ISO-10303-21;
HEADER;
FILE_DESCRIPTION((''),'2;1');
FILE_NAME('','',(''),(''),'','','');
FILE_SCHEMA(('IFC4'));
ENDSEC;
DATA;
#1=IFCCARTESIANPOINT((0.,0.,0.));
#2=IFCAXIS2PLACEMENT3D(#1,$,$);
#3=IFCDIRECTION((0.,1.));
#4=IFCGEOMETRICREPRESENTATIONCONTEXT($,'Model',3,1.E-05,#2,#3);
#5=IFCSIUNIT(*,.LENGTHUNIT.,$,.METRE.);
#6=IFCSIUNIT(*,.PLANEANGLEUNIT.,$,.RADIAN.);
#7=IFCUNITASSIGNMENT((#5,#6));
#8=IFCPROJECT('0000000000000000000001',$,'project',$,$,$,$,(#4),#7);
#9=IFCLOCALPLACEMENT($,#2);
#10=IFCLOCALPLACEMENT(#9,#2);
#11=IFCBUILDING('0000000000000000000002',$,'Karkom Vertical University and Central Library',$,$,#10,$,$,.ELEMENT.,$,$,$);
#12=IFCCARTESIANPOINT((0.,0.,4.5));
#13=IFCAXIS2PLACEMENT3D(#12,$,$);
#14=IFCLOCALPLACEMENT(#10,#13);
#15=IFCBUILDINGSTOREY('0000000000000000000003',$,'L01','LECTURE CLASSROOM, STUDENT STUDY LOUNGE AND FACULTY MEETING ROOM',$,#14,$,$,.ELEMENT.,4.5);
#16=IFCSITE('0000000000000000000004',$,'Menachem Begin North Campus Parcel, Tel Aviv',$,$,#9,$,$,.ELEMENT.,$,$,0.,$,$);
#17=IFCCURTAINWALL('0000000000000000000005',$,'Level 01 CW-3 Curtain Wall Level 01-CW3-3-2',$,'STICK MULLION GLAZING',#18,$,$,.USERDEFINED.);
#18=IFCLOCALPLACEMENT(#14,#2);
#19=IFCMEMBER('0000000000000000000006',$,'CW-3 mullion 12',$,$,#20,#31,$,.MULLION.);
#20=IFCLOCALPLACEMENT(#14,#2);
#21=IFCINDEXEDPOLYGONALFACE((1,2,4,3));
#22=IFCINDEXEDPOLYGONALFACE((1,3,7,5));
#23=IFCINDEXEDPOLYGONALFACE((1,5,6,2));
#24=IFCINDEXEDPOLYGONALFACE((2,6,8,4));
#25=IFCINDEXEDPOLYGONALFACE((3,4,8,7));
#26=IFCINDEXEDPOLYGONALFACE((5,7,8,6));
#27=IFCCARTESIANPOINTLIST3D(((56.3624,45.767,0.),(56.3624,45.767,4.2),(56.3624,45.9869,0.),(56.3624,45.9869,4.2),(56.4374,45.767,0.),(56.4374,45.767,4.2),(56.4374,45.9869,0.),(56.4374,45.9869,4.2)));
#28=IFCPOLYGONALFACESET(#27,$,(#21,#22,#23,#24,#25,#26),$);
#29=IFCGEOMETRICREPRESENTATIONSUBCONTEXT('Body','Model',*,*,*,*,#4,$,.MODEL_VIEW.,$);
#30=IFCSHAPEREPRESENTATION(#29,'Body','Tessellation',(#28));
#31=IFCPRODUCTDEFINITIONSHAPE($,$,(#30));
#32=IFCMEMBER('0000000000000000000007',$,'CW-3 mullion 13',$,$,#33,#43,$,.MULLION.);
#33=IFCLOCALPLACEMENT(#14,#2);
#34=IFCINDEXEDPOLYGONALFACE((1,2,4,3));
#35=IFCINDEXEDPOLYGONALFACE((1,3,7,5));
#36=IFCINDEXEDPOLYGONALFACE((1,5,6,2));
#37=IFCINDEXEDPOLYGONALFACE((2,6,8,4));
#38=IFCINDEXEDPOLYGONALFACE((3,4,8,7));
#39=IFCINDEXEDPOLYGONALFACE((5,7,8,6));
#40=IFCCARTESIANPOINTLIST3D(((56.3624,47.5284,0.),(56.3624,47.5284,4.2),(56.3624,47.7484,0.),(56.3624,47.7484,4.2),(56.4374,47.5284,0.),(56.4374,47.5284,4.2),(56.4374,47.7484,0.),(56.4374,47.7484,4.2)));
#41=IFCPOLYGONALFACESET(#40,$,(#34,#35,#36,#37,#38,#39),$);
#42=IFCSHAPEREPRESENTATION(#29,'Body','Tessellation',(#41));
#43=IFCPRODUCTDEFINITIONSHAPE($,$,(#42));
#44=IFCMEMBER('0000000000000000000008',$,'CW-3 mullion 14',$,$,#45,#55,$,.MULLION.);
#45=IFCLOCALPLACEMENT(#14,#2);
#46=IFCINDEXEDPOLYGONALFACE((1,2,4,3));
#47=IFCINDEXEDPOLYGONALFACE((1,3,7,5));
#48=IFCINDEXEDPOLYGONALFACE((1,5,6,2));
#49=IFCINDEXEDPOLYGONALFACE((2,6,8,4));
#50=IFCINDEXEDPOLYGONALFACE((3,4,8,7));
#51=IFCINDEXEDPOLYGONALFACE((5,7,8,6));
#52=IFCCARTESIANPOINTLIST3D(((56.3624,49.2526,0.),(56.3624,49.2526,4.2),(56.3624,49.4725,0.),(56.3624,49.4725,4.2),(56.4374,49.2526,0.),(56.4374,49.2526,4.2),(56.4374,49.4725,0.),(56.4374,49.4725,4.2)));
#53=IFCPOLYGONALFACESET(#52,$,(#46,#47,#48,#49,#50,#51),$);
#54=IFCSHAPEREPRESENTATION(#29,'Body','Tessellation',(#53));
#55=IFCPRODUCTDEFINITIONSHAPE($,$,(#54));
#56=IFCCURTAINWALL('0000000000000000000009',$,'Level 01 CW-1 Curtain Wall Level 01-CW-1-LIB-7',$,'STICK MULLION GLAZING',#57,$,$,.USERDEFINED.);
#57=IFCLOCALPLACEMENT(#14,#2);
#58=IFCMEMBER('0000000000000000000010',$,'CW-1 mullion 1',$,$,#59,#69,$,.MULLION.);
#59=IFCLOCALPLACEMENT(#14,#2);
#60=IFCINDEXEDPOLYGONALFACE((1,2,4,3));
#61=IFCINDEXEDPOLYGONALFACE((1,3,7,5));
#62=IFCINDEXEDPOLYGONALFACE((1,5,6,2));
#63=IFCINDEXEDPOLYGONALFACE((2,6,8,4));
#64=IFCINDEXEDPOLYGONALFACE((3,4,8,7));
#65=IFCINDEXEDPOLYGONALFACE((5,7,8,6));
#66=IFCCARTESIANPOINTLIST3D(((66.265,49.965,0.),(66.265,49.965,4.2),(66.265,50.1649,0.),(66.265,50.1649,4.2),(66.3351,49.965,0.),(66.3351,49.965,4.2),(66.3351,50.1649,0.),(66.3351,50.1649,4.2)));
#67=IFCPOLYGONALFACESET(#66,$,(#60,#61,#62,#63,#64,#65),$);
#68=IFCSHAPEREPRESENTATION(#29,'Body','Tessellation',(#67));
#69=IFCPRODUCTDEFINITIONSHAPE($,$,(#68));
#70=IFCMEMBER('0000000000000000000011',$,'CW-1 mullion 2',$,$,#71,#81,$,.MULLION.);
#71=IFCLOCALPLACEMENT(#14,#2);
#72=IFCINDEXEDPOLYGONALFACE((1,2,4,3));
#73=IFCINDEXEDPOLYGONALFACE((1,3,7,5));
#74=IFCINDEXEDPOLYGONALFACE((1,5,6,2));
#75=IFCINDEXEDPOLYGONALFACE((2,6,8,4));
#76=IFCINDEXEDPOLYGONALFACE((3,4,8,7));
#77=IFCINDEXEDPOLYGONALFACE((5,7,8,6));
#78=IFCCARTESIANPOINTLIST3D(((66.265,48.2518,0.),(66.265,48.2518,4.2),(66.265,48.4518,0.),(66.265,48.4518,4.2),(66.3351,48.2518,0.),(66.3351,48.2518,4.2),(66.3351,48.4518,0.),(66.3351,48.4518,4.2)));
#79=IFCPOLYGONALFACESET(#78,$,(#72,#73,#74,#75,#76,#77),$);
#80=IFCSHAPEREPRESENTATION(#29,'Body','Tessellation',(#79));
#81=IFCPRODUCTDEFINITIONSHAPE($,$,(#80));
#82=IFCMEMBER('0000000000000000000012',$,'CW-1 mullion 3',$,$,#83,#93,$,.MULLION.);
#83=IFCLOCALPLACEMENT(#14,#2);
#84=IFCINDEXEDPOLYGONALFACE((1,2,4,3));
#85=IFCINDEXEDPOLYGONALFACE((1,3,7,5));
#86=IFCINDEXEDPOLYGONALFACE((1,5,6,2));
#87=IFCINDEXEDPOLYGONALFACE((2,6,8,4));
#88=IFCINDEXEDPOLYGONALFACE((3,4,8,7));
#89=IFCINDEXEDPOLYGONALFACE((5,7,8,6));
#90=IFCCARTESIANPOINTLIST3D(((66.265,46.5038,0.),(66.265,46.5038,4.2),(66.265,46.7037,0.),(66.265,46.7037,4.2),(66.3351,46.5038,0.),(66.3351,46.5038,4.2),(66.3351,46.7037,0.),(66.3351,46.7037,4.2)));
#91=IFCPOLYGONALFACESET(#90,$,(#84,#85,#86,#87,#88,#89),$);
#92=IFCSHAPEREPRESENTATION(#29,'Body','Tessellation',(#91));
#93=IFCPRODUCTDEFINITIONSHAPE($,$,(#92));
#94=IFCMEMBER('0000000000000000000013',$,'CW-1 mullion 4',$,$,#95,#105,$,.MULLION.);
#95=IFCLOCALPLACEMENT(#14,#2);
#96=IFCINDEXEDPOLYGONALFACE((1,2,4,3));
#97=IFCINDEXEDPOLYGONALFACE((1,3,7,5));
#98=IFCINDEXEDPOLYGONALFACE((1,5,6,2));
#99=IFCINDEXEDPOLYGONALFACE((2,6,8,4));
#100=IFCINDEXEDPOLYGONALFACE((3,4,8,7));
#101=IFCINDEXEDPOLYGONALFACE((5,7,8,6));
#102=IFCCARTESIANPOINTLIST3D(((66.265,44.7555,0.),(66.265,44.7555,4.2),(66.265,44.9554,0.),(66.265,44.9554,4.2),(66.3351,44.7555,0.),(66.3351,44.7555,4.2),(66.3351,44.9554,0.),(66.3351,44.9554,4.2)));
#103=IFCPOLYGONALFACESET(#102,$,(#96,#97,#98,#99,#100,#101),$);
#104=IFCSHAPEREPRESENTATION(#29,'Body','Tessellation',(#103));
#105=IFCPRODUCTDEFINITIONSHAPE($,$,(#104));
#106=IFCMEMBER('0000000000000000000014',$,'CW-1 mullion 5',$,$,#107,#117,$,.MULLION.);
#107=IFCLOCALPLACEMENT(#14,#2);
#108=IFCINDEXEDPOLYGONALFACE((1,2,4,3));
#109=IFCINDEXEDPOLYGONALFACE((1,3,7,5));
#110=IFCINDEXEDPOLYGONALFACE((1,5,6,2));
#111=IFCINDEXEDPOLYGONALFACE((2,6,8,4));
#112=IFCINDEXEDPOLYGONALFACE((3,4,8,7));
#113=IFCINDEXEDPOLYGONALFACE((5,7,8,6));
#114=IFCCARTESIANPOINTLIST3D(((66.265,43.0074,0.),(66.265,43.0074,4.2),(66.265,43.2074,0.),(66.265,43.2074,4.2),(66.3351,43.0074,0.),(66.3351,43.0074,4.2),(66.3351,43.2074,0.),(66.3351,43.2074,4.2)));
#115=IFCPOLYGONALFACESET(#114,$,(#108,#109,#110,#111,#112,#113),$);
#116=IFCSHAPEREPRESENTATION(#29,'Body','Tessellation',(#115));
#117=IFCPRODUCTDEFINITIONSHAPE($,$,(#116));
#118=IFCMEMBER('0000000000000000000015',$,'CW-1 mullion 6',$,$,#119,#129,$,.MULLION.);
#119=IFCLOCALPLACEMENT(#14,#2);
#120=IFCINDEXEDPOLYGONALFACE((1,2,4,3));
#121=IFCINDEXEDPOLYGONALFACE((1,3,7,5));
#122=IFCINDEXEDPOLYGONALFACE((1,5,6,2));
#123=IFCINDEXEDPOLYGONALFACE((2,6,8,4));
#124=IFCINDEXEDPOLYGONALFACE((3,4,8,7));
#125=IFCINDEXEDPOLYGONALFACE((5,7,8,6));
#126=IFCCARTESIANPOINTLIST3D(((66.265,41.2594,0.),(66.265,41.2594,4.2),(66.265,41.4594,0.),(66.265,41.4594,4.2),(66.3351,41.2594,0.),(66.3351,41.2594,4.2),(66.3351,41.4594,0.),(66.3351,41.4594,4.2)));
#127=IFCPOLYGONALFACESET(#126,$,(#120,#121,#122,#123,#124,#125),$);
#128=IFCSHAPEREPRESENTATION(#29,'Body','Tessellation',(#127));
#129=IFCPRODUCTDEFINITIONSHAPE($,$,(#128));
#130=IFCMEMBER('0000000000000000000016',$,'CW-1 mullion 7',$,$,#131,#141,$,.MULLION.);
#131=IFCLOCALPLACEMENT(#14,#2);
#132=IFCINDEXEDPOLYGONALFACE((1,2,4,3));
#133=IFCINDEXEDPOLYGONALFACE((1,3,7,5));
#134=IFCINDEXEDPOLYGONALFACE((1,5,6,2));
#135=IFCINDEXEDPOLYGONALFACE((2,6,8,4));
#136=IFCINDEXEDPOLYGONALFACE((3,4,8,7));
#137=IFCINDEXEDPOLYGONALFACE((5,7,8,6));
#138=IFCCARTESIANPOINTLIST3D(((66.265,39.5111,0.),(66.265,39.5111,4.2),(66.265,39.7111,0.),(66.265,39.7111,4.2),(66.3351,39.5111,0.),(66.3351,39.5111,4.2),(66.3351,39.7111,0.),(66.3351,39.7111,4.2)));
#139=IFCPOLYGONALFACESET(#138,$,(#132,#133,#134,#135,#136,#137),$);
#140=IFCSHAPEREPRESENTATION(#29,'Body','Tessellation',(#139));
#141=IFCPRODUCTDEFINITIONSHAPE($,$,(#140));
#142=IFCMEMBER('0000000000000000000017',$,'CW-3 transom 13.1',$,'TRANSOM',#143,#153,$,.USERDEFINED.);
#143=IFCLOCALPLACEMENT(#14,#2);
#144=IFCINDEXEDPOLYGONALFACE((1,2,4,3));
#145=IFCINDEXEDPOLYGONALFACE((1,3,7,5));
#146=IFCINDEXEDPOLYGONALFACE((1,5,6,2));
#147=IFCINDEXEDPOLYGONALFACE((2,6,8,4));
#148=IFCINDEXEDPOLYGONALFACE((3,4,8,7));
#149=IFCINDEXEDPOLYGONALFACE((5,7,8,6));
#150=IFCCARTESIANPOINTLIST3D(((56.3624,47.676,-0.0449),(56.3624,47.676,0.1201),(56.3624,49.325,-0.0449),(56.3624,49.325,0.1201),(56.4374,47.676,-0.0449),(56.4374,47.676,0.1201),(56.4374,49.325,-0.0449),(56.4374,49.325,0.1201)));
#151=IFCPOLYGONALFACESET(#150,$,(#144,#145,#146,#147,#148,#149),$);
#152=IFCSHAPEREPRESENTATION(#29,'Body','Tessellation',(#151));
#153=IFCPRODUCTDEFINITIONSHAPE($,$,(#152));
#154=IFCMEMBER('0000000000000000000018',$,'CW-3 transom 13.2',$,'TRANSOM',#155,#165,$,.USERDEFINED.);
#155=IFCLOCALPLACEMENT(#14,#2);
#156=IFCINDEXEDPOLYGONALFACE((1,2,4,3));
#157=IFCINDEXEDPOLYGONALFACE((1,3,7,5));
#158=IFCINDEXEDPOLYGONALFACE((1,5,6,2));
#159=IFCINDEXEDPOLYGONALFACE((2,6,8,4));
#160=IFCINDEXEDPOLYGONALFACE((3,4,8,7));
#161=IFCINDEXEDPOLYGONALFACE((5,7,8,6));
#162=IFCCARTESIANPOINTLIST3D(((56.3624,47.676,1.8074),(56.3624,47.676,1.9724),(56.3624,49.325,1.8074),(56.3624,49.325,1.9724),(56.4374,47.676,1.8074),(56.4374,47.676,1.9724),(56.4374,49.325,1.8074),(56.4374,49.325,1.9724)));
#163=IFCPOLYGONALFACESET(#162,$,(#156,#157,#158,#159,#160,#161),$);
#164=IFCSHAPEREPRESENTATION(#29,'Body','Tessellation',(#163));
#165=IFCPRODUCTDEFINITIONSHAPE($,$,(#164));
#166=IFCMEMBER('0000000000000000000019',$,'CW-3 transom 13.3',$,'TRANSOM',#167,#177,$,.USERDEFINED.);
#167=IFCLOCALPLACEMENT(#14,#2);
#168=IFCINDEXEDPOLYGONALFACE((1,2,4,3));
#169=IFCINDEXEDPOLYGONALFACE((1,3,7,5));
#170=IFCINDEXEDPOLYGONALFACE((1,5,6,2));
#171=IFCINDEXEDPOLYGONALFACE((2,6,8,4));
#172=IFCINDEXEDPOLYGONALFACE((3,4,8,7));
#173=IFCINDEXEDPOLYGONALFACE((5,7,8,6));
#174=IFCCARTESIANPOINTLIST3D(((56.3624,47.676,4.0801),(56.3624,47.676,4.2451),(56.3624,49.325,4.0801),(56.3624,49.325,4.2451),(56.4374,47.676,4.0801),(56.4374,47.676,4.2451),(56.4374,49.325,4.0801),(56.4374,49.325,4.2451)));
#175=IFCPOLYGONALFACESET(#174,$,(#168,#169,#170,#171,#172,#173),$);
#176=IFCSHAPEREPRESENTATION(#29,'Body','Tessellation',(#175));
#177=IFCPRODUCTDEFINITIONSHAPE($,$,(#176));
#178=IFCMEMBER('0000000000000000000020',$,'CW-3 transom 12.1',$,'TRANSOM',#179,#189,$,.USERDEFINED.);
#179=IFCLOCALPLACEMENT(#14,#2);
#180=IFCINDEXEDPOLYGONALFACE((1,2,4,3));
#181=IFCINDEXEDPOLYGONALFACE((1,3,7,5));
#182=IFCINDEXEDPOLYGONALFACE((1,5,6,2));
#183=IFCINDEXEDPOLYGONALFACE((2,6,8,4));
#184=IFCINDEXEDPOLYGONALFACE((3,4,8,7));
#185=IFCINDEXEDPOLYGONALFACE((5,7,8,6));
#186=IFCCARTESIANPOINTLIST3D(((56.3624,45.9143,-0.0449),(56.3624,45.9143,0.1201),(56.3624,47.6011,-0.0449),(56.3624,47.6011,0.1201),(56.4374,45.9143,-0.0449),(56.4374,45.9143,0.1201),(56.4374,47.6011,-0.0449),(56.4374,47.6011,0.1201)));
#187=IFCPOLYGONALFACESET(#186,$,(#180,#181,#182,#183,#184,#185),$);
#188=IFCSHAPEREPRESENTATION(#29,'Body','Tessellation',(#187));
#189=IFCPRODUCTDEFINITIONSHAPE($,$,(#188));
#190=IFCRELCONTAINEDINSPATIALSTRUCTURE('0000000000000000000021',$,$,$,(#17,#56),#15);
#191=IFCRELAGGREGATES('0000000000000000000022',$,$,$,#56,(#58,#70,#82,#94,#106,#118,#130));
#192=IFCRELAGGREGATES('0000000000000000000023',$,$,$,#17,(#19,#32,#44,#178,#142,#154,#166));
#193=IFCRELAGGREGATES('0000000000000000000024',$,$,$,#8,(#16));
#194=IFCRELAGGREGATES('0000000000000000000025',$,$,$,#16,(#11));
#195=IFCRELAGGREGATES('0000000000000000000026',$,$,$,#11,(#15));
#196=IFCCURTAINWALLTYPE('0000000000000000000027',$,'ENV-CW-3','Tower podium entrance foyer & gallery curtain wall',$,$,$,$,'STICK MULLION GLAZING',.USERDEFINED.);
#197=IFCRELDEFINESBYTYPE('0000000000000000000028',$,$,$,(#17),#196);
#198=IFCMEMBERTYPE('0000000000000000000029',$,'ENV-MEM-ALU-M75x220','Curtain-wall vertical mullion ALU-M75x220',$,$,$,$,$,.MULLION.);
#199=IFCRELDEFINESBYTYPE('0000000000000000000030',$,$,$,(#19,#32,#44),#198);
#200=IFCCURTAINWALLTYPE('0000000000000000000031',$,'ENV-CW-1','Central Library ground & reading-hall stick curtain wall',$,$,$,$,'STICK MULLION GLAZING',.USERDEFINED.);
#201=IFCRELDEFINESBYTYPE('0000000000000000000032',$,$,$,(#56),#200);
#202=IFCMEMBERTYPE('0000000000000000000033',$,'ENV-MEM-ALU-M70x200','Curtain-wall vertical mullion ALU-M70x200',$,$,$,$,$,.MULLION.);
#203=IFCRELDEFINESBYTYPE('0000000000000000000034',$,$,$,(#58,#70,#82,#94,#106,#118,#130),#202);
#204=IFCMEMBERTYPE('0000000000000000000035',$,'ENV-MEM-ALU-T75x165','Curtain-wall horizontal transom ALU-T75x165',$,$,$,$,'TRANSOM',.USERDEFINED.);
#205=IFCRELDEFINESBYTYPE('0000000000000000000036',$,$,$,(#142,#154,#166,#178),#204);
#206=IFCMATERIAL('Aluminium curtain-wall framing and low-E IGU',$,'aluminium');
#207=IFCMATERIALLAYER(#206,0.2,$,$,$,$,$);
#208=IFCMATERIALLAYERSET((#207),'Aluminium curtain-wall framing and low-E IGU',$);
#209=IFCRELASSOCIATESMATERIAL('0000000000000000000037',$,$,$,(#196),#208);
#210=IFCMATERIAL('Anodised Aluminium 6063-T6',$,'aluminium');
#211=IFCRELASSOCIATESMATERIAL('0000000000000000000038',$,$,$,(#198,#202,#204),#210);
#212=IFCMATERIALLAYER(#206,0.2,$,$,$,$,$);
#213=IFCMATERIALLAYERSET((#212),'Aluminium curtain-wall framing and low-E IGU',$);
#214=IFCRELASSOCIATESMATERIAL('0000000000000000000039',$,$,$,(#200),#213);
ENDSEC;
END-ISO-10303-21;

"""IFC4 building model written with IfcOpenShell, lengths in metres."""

from ifc_helpers import new_model, si_unit, direction, frame, origin, origin_with_axes, origin_2d, place, context, subcontext, project, spatial, rectangle, extrude, source, transform, mapped, material, layer, layer_set, material_profile, profile_set, type_object, element, aggregate, save


model = new_model("IFC4")

# Units and contexts
model_context = context("Model", 3, precision=1e-05, world=origin(), true_north=direction((0.0, 1.0)))
body_context = subcontext(model_context, "Body", "Model", "MODEL_VIEW")
ifc_project = project(units=[si_unit("LENGTHUNIT", "METRE"), si_unit("PLANEANGLEUNIT", "RADIAN")], contexts=[model_context])

# Site, building, storey
site_placement = place(None, origin())
site = spatial("IfcSite", under=ifc_project, at=site_placement, Name="Menachem Begin North Campus Parcel, Tel Aviv", CompositionType="ELEMENT", RefElevation=0.0)
building_placement = place(site_placement, origin())
building = spatial("IfcBuilding", under=site, at=building_placement, Name="Karkom Vertical University and Central Library", CompositionType="ELEMENT")
storey_placement = place(building_placement, frame((0.0, 0.0, 4.5)))
storey = spatial("IfcBuildingStorey", under=building, at=storey_placement, Name="L01", Description="LECTURE CLASSROOM, STUDENT STUDY LOUNGE AND FACULTY MEETING ROOM", CompositionType="ELEMENT", Elevation=4.5)

# Curtain walls, members
ifc_material_1 = material(Name="Aluminium curtain-wall framing and low-E IGU", Category="aluminium")
ifc_layer_1 = layer(ifc_material_1, 0.2)
ifc_layer_set_1 = layer_set([ifc_layer_1], Name="Aluminium curtain-wall framing and low-E IGU")
curtain_wall_type_1 = type_object("IfcCurtainWallType", Name="ENV-CW-3", Description="Tower podium entrance foyer & gallery curtain wall", ElementType="STICK MULLION GLAZING", PredefinedType="USERDEFINED", material=ifc_layer_set_1)
curtain_wall_1_placement = place(storey_placement, origin())
curtain_wall_1 = element("IfcCurtainWall", 1, at=curtain_wall_1_placement, inside=storey, type_object=curtain_wall_type_1, Name="Level 01 CW-3 Curtain Wall Level 01-CW3-3-2", ObjectType="STICK MULLION GLAZING", PredefinedType="USERDEFINED")
ifc_material_2 = material(Name="Anodised Aluminium 6063-T6", Category="aluminium")
ifc_material_profile_1 = material_profile(ifc_material_2, rectangle(XDim=0.075, YDim=0.22, at=origin_2d()), Name="ALU-M75x220")
ifc_profile_set_1 = profile_set([ifc_material_profile_1], Name="Anodised Aluminium 6063-T6")
member_type_1 = type_object("IfcMemberType", Name="ENV-MEM-ALU-M75x220", Description="Curtain-wall vertical mullion ALU-M75x220", PredefinedType="MULLION", material=ifc_profile_set_1)
shared_shape_1 = source(origin_with_axes(), body_context, "Body", "SweptSolid", [
    extrude(rectangle(XDim=0.075, YDim=0.22, at=origin_2d()), origin(), (0.0, 0.0, 1.0), 4.2),
])
member_1_placement = place(storey_placement, frame((56.3999, 45.877, 0.0), z_axis=(0.0, 0.0, 1.0), x_axis=(-1.0, 0.0, 0.0)))
member_1 = element("IfcMember", 2, at=member_1_placement, type_object=member_type_1, Name="CW-3 mullion 12", PredefinedType="MULLION", context=body_context, shape_type="MappedRepresentation", body=[
    mapped(shared_shape_1, transform((0.0, 0.0, 0.0), scale=1.0)),
])
member_2_placement = place(storey_placement, frame((56.3999, 47.6384, 0.0), z_axis=(0.0, 0.0, 1.0), x_axis=(-1.0, 0.0, 0.0)))
member_2 = element("IfcMember", 3, at=member_2_placement, type_object=member_type_1, Name="CW-3 mullion 13", PredefinedType="MULLION", context=body_context, shape_type="MappedRepresentation", body=[
    mapped(shared_shape_1, transform((0.0, 0.0, 0.0), scale=1.0)),
])
member_3_placement = place(storey_placement, frame((56.3999, 49.3625, 0.0), z_axis=(0.0, 0.0, 1.0), x_axis=(-1.0, 0.0, 0.0)))
member_3 = element("IfcMember", 4, at=member_3_placement, type_object=member_type_1, Name="CW-3 mullion 14", PredefinedType="MULLION", context=body_context, shape_type="MappedRepresentation", body=[
    mapped(shared_shape_1, transform((0.0, 0.0, 0.0), scale=1.0)),
])
ifc_layer_2 = layer(ifc_material_1, 0.2)
ifc_layer_set_2 = layer_set([ifc_layer_2], Name="Aluminium curtain-wall framing and low-E IGU")
curtain_wall_type_2 = type_object("IfcCurtainWallType", Name="ENV-CW-1", Description="Central Library ground & reading-hall stick curtain wall", ElementType="STICK MULLION GLAZING", PredefinedType="USERDEFINED", material=ifc_layer_set_2)
curtain_wall_2_placement = place(storey_placement, origin())
curtain_wall_2 = element("IfcCurtainWall", 5, at=curtain_wall_2_placement, inside=storey, type_object=curtain_wall_type_2, Name="Level 01 CW-1 Curtain Wall Level 01-CW-1-LIB-7", ObjectType="STICK MULLION GLAZING", PredefinedType="USERDEFINED")
ifc_material_profile_2 = material_profile(ifc_material_2, rectangle(XDim=0.0701, YDim=0.2, at=origin_2d()), Name="ALU-M70x200")
ifc_profile_set_2 = profile_set([ifc_material_profile_2], Name="Anodised Aluminium 6063-T6")
member_type_2 = type_object("IfcMemberType", Name="ENV-MEM-ALU-M70x200", Description="Curtain-wall vertical mullion ALU-M70x200", PredefinedType="MULLION", material=ifc_profile_set_2)
shared_shape_2 = source(origin_with_axes(), body_context, "Body", "SweptSolid", [
    extrude(rectangle(XDim=0.0701, YDim=0.2, at=origin_2d()), origin(), (0.0, 0.0, 1.0), 4.2),
])
member_4_placement = place(storey_placement, frame((66.3, 50.0649, 0.0), z_axis=(0.0, 0.0, 1.0), x_axis=(1.0, 0.0, 0.0)))
member_4 = element("IfcMember", 6, at=member_4_placement, type_object=member_type_2, Name="CW-1 mullion 1", PredefinedType="MULLION", context=body_context, shape_type="MappedRepresentation", body=[
    mapped(shared_shape_2, transform((0.0, 0.0, 0.0), scale=1.0)),
])
member_5_placement = place(storey_placement, frame((66.3, 48.3518, 0.0), z_axis=(0.0, 0.0, 1.0), x_axis=(1.0, 0.0, 0.0)))
member_5 = element("IfcMember", 7, at=member_5_placement, type_object=member_type_2, Name="CW-1 mullion 2", PredefinedType="MULLION", context=body_context, shape_type="MappedRepresentation", body=[
    mapped(shared_shape_2, transform((0.0, 0.0, 0.0), scale=1.0)),
])
member_6_placement = place(storey_placement, frame((66.3, 46.6038, 0.0), z_axis=(0.0, 0.0, 1.0), x_axis=(1.0, 0.0, 0.0)))
member_6 = element("IfcMember", 8, at=member_6_placement, type_object=member_type_2, Name="CW-1 mullion 3", PredefinedType="MULLION", context=body_context, shape_type="MappedRepresentation", body=[
    mapped(shared_shape_2, transform((0.0, 0.0, 0.0), scale=1.0)),
])
member_7_placement = place(storey_placement, frame((66.3, 44.8555, 0.0), z_axis=(0.0, 0.0, 1.0), x_axis=(1.0, 0.0, 0.0)))
member_7 = element("IfcMember", 9, at=member_7_placement, type_object=member_type_2, Name="CW-1 mullion 4", PredefinedType="MULLION", context=body_context, shape_type="MappedRepresentation", body=[
    mapped(shared_shape_2, transform((0.0, 0.0, 0.0), scale=1.0)),
])
member_8_placement = place(storey_placement, frame((66.3, 43.1074, 0.0), z_axis=(0.0, 0.0, 1.0), x_axis=(1.0, 0.0, 0.0)))
member_8 = element("IfcMember", 10, at=member_8_placement, type_object=member_type_2, Name="CW-1 mullion 5", PredefinedType="MULLION", context=body_context, shape_type="MappedRepresentation", body=[
    mapped(shared_shape_2, transform((0.0, 0.0, 0.0), scale=1.0)),
])
member_9_placement = place(storey_placement, frame((66.3, 41.3594, 0.0), z_axis=(0.0, 0.0, 1.0), x_axis=(1.0, 0.0, 0.0)))
member_9 = element("IfcMember", 11, at=member_9_placement, type_object=member_type_2, Name="CW-1 mullion 6", PredefinedType="MULLION", context=body_context, shape_type="MappedRepresentation", body=[
    mapped(shared_shape_2, transform((0.0, 0.0, 0.0), scale=1.0)),
])
member_10_placement = place(storey_placement, frame((66.3, 39.6111, 0.0), z_axis=(0.0, 0.0, 1.0), x_axis=(1.0, 0.0, 0.0)))
member_10 = element("IfcMember", 12, at=member_10_placement, type_object=member_type_2, Name="CW-1 mullion 7", PredefinedType="MULLION", context=body_context, shape_type="MappedRepresentation", body=[
    mapped(shared_shape_2, transform((0.0, 0.0, 0.0), scale=1.0)),
])

# Members
ifc_material_profile_3 = material_profile(ifc_material_2, rectangle(XDim=0.075, YDim=0.165, at=origin_2d()), Name="ALU-T75x165")
ifc_profile_set_3 = profile_set([ifc_material_profile_3], Name="Anodised Aluminium 6063-T6")
member_type_3 = type_object("IfcMemberType", Name="ENV-MEM-ALU-T75x165", Description="Curtain-wall horizontal transom ALU-T75x165", ElementType="TRANSOM", PredefinedType="USERDEFINED", material=ifc_profile_set_3)
shared_shape_3 = source(origin_with_axes(), body_context, "Body", "SweptSolid", [
    extrude(rectangle(XDim=0.075, YDim=0.165, at=origin_2d()), origin(), (0.0, 0.0, 1.0), 1.6489),
])
member_11_placement = place(storey_placement, frame((56.3999, 47.676, 0.0376), z_axis=(0.0, 1.0, 0.0), x_axis=(-1.0, 0.0, 0.0)))
member_11 = element("IfcMember", 13, at=member_11_placement, type_object=member_type_3, Name="CW-3 transom 13.1", ObjectType="TRANSOM", PredefinedType="USERDEFINED", context=body_context, shape_type="MappedRepresentation", body=[
    mapped(shared_shape_3, transform((0.0, 0.0, 0.0), scale=1.0)),
])
member_12_placement = place(storey_placement, frame((56.3999, 47.676, 1.8899), z_axis=(0.0, 1.0, 0.0), x_axis=(-1.0, 0.0, 0.0)))
member_12 = element("IfcMember", 14, at=member_12_placement, type_object=member_type_3, Name="CW-3 transom 13.2", ObjectType="TRANSOM", PredefinedType="USERDEFINED", context=body_context, shape_type="MappedRepresentation", body=[
    mapped(shared_shape_3, transform((0.0, 0.0, 0.0), scale=1.0)),
])
member_13_placement = place(storey_placement, frame((56.3999, 47.676, 4.1626), z_axis=(0.0, 1.0, 0.0), x_axis=(-1.0, 0.0, 0.0)))
member_13 = element("IfcMember", 15, at=member_13_placement, type_object=member_type_3, Name="CW-3 transom 13.3", ObjectType="TRANSOM", PredefinedType="USERDEFINED", context=body_context, shape_type="MappedRepresentation", body=[
    mapped(shared_shape_3, transform((0.0, 0.0, 0.0), scale=1.0)),
])
shared_shape_4 = source(origin_with_axes(), body_context, "Body", "SweptSolid", [
    extrude(rectangle(XDim=0.075, YDim=0.165, at=origin_2d()), origin(), (0.0, 0.0, 1.0), 1.6868),
])
member_14_placement = place(storey_placement, frame((56.3999, 45.9143, 0.0376), z_axis=(0.0, 1.0, 0.0), x_axis=(-1.0, 0.0, 0.0)))
member_14 = element("IfcMember", 16, at=member_14_placement, type_object=member_type_3, Name="CW-3 transom 12.1", ObjectType="TRANSOM", PredefinedType="USERDEFINED", context=body_context, shape_type="MappedRepresentation", body=[
    mapped(shared_shape_4, transform((0.0, 0.0, 0.0), scale=1.0)),
])
aggregate(curtain_wall_2, [member_4, member_5, member_6, member_7, member_8, member_9, member_10])

aggregate(curtain_wall_1, [member_1, member_2, member_3, member_14, member_11, member_12, member_13])

save(model, "model.ifc")
